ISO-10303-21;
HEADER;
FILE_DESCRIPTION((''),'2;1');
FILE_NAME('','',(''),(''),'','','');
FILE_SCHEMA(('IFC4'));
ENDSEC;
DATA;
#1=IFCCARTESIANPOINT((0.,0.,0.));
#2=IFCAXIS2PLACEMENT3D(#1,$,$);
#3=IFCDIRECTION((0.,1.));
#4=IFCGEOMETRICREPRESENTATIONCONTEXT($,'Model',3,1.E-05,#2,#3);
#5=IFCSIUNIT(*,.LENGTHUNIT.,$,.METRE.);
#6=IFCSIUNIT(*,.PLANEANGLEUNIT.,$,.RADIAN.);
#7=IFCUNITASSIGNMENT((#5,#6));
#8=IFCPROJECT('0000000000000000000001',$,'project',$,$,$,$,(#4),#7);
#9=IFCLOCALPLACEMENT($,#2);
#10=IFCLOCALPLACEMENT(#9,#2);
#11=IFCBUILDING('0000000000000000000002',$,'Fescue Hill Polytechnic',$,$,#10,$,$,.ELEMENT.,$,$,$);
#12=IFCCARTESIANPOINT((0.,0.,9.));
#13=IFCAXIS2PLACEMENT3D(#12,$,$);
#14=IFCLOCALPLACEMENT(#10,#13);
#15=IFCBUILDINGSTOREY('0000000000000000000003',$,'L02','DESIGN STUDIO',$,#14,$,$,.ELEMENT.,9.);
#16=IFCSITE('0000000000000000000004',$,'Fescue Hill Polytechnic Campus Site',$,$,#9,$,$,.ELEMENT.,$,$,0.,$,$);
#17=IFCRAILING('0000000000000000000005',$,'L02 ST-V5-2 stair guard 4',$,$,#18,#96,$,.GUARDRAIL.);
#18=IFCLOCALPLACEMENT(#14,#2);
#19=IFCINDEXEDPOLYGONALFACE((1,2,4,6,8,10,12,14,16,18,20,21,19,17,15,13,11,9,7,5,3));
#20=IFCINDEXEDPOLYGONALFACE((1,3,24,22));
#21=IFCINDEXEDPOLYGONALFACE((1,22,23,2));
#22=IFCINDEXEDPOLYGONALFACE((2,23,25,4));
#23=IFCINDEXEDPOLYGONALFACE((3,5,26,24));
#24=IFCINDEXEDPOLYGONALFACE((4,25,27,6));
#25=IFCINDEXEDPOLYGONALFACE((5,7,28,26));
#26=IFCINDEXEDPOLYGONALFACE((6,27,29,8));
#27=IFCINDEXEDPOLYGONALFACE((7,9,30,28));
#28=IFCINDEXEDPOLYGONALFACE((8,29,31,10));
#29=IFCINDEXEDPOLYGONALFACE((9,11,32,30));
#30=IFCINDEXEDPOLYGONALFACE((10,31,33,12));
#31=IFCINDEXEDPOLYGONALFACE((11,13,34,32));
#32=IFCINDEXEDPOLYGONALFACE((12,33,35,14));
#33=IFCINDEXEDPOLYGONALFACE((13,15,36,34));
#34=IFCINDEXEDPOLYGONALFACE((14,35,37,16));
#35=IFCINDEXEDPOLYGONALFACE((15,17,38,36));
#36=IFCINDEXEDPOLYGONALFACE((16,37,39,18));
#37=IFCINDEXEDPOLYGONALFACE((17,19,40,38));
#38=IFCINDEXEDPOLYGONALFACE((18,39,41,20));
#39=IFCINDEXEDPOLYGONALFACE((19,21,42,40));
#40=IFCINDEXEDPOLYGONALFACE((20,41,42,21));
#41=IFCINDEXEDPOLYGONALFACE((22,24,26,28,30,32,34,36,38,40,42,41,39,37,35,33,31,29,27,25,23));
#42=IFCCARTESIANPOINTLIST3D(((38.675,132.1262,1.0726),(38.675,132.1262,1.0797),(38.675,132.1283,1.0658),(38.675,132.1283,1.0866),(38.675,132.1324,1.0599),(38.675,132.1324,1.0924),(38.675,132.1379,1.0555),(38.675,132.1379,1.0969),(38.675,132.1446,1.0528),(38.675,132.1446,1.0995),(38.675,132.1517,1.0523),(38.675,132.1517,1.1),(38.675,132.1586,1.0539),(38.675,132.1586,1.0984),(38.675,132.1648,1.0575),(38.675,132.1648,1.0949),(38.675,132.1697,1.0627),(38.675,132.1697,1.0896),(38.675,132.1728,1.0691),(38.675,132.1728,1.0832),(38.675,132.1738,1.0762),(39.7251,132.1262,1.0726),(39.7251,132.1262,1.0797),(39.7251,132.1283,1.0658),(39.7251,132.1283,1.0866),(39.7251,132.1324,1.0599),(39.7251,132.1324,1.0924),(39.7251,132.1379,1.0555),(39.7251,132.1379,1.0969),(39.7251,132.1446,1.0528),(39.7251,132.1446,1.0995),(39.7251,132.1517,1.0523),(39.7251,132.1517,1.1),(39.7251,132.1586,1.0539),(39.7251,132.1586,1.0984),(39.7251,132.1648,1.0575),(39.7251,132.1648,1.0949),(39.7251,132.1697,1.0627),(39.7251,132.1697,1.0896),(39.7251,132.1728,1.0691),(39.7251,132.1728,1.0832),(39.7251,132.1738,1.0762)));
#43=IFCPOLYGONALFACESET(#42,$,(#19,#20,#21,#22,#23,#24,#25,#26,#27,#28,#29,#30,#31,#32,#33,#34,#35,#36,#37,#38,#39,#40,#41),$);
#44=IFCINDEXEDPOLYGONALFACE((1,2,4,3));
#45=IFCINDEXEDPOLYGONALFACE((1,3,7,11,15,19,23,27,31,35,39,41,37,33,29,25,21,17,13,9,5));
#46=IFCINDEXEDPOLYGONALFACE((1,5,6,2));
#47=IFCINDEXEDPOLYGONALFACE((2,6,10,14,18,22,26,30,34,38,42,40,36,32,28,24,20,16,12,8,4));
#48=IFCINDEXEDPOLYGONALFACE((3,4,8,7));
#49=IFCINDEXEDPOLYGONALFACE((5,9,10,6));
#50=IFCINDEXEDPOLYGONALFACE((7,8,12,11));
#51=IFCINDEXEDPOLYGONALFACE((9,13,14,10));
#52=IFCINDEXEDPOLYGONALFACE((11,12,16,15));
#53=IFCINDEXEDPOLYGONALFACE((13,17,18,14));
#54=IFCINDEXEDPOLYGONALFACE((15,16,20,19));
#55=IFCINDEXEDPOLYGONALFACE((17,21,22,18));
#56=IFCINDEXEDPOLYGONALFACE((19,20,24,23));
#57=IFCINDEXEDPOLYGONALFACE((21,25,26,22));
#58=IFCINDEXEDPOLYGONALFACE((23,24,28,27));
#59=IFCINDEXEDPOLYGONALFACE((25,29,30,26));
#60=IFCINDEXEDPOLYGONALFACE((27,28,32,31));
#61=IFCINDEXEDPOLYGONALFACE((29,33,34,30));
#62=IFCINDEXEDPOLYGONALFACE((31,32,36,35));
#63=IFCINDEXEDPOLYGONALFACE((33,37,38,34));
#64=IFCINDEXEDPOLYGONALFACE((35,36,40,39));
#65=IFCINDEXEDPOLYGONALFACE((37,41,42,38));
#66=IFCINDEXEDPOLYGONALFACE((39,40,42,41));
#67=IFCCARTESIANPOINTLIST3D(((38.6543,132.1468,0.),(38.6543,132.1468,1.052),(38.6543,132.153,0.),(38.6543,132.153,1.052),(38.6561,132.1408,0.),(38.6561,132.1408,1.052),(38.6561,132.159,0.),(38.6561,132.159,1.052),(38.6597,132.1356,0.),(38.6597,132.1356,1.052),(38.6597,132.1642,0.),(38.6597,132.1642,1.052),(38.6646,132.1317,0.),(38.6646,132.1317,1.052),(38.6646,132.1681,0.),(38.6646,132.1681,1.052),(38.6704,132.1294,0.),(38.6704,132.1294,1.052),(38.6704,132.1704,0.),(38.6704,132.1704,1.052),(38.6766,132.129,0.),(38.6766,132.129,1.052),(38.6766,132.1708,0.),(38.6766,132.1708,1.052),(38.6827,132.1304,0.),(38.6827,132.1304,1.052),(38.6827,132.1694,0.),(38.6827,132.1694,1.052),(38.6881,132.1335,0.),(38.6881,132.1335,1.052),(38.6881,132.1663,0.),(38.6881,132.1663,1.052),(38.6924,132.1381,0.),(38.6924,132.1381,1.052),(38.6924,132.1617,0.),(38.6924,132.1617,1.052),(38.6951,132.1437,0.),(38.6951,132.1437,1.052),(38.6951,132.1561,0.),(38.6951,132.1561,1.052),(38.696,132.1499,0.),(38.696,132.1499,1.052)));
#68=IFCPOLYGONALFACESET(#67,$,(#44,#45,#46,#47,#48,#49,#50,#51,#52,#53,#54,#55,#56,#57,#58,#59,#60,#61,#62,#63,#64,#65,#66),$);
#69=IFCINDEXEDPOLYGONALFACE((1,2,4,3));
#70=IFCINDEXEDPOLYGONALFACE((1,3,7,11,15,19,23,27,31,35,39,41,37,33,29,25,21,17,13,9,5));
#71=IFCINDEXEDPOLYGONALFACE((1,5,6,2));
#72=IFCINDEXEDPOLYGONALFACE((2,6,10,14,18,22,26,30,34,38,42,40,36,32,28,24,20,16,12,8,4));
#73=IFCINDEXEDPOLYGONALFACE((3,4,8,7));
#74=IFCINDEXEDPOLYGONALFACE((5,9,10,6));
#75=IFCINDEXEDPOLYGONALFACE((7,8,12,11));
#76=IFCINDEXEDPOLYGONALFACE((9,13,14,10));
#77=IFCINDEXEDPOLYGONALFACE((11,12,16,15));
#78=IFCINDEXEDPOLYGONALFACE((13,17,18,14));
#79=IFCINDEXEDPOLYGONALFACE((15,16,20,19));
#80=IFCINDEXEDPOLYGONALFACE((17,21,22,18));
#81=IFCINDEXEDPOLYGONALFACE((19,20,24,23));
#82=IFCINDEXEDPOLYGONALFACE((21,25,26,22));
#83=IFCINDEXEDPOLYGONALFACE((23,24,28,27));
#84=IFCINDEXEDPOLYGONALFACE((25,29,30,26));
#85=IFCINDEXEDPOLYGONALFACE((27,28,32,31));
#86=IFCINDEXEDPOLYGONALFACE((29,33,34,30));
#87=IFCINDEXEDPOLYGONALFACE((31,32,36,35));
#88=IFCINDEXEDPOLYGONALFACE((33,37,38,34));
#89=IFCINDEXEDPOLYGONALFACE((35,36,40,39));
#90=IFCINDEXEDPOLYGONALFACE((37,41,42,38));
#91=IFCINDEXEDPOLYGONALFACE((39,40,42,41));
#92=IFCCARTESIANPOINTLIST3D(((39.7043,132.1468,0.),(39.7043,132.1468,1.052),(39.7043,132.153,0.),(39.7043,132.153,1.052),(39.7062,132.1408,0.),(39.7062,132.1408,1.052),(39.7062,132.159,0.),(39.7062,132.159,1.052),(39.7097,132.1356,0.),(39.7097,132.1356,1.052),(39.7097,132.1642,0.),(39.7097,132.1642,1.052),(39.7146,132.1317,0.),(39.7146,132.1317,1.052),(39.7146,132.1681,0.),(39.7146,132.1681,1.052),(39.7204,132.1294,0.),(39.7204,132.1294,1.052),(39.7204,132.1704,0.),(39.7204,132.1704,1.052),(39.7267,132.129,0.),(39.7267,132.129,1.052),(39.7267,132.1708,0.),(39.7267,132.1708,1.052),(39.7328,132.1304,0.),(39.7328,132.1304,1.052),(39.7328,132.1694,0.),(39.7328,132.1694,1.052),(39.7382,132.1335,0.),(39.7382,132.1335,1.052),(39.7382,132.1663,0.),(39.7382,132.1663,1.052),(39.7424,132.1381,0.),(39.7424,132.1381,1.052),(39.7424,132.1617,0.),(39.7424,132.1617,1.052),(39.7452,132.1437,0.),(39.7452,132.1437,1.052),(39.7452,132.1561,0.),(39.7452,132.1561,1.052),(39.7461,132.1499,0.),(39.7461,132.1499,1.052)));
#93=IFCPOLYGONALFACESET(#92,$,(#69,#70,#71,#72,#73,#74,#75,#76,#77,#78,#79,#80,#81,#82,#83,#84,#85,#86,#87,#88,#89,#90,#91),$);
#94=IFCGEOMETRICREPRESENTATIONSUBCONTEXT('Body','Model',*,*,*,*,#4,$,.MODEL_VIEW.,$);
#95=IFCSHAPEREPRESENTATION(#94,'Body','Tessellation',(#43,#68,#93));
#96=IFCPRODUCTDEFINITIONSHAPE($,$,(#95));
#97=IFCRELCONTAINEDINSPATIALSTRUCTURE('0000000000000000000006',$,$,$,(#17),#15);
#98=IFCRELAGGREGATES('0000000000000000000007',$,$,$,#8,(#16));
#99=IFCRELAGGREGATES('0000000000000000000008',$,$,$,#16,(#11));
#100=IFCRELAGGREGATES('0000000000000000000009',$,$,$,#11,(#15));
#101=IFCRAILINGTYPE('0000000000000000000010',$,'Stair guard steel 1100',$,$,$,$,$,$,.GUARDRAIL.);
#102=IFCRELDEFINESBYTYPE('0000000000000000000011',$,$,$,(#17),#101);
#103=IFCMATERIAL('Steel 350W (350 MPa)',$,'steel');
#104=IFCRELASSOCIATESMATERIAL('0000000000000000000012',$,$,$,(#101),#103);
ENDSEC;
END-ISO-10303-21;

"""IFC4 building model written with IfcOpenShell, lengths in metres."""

from ifc_helpers import new_model, si_unit, direction, frame, origin, origin_2d, place, context, subcontext, project, spatial, circle, extrude, material, type_object, element, save


model = new_model("IFC4")

# Units and contexts
model_context = context("Model", 3, precision=1e-05, world=origin(), true_north=direction((0.0, 1.0)))
body_context = subcontext(model_context, "Body", "Model", "MODEL_VIEW")
ifc_project = project(units=[si_unit("LENGTHUNIT", "METRE"), si_unit("PLANEANGLEUNIT", "RADIAN")], contexts=[model_context])

# Site, building, storey
site_placement = place(None, origin())
site = spatial("IfcSite", under=ifc_project, at=site_placement, Name="Fescue Hill Polytechnic Campus Site", CompositionType="ELEMENT", RefElevation=0.0)
building_placement = place(site_placement, origin())
building = spatial("IfcBuilding", under=site, at=building_placement, Name="Fescue Hill Polytechnic", CompositionType="ELEMENT")
storey_placement = place(building_placement, frame((0.0, 0.0, 9.0)))
storey = spatial("IfcBuildingStorey", under=building, at=storey_placement, Name="L02", Description="DESIGN STUDIO", CompositionType="ELEMENT", Elevation=9.0)

# Railing
ifc_material_1 = material(Name="Steel 350W (350 MPa)", Category="steel")
railing_type_1 = type_object("IfcRailingType", Name="Stair guard steel 1100", PredefinedType="GUARDRAIL", material=ifc_material_1)
railing_1_placement = place(storey_placement, frame((38.675, 132.1499, 0.0)))
element("IfcRailing", 1, at=railing_1_placement, inside=storey, type_object=railing_type_1, Name="L02 ST-V5-2 stair guard 4", PredefinedType="GUARDRAIL", context=body_context, shape_type="SweptSolid", body=[
    extrude(circle(Radius=0.0239, at=origin_2d()), frame((0.0, 0.0, 1.0762), z_axis=(1.0, 0.0, 0.0), x_axis=(0.0, 1.0, 0.0)), (0.0, 0.0, 1.0), 1.05),
    extrude(circle(Radius=0.021, at=origin_2d()), origin(), (0.0, 0.0, 1.0), 1.052),
    extrude(circle(Radius=0.021, at=origin_2d()), frame((1.05, 0.0, 0.0)), (0.0, 0.0, 1.0), 1.052),
])

save(model, "model.ifc")
